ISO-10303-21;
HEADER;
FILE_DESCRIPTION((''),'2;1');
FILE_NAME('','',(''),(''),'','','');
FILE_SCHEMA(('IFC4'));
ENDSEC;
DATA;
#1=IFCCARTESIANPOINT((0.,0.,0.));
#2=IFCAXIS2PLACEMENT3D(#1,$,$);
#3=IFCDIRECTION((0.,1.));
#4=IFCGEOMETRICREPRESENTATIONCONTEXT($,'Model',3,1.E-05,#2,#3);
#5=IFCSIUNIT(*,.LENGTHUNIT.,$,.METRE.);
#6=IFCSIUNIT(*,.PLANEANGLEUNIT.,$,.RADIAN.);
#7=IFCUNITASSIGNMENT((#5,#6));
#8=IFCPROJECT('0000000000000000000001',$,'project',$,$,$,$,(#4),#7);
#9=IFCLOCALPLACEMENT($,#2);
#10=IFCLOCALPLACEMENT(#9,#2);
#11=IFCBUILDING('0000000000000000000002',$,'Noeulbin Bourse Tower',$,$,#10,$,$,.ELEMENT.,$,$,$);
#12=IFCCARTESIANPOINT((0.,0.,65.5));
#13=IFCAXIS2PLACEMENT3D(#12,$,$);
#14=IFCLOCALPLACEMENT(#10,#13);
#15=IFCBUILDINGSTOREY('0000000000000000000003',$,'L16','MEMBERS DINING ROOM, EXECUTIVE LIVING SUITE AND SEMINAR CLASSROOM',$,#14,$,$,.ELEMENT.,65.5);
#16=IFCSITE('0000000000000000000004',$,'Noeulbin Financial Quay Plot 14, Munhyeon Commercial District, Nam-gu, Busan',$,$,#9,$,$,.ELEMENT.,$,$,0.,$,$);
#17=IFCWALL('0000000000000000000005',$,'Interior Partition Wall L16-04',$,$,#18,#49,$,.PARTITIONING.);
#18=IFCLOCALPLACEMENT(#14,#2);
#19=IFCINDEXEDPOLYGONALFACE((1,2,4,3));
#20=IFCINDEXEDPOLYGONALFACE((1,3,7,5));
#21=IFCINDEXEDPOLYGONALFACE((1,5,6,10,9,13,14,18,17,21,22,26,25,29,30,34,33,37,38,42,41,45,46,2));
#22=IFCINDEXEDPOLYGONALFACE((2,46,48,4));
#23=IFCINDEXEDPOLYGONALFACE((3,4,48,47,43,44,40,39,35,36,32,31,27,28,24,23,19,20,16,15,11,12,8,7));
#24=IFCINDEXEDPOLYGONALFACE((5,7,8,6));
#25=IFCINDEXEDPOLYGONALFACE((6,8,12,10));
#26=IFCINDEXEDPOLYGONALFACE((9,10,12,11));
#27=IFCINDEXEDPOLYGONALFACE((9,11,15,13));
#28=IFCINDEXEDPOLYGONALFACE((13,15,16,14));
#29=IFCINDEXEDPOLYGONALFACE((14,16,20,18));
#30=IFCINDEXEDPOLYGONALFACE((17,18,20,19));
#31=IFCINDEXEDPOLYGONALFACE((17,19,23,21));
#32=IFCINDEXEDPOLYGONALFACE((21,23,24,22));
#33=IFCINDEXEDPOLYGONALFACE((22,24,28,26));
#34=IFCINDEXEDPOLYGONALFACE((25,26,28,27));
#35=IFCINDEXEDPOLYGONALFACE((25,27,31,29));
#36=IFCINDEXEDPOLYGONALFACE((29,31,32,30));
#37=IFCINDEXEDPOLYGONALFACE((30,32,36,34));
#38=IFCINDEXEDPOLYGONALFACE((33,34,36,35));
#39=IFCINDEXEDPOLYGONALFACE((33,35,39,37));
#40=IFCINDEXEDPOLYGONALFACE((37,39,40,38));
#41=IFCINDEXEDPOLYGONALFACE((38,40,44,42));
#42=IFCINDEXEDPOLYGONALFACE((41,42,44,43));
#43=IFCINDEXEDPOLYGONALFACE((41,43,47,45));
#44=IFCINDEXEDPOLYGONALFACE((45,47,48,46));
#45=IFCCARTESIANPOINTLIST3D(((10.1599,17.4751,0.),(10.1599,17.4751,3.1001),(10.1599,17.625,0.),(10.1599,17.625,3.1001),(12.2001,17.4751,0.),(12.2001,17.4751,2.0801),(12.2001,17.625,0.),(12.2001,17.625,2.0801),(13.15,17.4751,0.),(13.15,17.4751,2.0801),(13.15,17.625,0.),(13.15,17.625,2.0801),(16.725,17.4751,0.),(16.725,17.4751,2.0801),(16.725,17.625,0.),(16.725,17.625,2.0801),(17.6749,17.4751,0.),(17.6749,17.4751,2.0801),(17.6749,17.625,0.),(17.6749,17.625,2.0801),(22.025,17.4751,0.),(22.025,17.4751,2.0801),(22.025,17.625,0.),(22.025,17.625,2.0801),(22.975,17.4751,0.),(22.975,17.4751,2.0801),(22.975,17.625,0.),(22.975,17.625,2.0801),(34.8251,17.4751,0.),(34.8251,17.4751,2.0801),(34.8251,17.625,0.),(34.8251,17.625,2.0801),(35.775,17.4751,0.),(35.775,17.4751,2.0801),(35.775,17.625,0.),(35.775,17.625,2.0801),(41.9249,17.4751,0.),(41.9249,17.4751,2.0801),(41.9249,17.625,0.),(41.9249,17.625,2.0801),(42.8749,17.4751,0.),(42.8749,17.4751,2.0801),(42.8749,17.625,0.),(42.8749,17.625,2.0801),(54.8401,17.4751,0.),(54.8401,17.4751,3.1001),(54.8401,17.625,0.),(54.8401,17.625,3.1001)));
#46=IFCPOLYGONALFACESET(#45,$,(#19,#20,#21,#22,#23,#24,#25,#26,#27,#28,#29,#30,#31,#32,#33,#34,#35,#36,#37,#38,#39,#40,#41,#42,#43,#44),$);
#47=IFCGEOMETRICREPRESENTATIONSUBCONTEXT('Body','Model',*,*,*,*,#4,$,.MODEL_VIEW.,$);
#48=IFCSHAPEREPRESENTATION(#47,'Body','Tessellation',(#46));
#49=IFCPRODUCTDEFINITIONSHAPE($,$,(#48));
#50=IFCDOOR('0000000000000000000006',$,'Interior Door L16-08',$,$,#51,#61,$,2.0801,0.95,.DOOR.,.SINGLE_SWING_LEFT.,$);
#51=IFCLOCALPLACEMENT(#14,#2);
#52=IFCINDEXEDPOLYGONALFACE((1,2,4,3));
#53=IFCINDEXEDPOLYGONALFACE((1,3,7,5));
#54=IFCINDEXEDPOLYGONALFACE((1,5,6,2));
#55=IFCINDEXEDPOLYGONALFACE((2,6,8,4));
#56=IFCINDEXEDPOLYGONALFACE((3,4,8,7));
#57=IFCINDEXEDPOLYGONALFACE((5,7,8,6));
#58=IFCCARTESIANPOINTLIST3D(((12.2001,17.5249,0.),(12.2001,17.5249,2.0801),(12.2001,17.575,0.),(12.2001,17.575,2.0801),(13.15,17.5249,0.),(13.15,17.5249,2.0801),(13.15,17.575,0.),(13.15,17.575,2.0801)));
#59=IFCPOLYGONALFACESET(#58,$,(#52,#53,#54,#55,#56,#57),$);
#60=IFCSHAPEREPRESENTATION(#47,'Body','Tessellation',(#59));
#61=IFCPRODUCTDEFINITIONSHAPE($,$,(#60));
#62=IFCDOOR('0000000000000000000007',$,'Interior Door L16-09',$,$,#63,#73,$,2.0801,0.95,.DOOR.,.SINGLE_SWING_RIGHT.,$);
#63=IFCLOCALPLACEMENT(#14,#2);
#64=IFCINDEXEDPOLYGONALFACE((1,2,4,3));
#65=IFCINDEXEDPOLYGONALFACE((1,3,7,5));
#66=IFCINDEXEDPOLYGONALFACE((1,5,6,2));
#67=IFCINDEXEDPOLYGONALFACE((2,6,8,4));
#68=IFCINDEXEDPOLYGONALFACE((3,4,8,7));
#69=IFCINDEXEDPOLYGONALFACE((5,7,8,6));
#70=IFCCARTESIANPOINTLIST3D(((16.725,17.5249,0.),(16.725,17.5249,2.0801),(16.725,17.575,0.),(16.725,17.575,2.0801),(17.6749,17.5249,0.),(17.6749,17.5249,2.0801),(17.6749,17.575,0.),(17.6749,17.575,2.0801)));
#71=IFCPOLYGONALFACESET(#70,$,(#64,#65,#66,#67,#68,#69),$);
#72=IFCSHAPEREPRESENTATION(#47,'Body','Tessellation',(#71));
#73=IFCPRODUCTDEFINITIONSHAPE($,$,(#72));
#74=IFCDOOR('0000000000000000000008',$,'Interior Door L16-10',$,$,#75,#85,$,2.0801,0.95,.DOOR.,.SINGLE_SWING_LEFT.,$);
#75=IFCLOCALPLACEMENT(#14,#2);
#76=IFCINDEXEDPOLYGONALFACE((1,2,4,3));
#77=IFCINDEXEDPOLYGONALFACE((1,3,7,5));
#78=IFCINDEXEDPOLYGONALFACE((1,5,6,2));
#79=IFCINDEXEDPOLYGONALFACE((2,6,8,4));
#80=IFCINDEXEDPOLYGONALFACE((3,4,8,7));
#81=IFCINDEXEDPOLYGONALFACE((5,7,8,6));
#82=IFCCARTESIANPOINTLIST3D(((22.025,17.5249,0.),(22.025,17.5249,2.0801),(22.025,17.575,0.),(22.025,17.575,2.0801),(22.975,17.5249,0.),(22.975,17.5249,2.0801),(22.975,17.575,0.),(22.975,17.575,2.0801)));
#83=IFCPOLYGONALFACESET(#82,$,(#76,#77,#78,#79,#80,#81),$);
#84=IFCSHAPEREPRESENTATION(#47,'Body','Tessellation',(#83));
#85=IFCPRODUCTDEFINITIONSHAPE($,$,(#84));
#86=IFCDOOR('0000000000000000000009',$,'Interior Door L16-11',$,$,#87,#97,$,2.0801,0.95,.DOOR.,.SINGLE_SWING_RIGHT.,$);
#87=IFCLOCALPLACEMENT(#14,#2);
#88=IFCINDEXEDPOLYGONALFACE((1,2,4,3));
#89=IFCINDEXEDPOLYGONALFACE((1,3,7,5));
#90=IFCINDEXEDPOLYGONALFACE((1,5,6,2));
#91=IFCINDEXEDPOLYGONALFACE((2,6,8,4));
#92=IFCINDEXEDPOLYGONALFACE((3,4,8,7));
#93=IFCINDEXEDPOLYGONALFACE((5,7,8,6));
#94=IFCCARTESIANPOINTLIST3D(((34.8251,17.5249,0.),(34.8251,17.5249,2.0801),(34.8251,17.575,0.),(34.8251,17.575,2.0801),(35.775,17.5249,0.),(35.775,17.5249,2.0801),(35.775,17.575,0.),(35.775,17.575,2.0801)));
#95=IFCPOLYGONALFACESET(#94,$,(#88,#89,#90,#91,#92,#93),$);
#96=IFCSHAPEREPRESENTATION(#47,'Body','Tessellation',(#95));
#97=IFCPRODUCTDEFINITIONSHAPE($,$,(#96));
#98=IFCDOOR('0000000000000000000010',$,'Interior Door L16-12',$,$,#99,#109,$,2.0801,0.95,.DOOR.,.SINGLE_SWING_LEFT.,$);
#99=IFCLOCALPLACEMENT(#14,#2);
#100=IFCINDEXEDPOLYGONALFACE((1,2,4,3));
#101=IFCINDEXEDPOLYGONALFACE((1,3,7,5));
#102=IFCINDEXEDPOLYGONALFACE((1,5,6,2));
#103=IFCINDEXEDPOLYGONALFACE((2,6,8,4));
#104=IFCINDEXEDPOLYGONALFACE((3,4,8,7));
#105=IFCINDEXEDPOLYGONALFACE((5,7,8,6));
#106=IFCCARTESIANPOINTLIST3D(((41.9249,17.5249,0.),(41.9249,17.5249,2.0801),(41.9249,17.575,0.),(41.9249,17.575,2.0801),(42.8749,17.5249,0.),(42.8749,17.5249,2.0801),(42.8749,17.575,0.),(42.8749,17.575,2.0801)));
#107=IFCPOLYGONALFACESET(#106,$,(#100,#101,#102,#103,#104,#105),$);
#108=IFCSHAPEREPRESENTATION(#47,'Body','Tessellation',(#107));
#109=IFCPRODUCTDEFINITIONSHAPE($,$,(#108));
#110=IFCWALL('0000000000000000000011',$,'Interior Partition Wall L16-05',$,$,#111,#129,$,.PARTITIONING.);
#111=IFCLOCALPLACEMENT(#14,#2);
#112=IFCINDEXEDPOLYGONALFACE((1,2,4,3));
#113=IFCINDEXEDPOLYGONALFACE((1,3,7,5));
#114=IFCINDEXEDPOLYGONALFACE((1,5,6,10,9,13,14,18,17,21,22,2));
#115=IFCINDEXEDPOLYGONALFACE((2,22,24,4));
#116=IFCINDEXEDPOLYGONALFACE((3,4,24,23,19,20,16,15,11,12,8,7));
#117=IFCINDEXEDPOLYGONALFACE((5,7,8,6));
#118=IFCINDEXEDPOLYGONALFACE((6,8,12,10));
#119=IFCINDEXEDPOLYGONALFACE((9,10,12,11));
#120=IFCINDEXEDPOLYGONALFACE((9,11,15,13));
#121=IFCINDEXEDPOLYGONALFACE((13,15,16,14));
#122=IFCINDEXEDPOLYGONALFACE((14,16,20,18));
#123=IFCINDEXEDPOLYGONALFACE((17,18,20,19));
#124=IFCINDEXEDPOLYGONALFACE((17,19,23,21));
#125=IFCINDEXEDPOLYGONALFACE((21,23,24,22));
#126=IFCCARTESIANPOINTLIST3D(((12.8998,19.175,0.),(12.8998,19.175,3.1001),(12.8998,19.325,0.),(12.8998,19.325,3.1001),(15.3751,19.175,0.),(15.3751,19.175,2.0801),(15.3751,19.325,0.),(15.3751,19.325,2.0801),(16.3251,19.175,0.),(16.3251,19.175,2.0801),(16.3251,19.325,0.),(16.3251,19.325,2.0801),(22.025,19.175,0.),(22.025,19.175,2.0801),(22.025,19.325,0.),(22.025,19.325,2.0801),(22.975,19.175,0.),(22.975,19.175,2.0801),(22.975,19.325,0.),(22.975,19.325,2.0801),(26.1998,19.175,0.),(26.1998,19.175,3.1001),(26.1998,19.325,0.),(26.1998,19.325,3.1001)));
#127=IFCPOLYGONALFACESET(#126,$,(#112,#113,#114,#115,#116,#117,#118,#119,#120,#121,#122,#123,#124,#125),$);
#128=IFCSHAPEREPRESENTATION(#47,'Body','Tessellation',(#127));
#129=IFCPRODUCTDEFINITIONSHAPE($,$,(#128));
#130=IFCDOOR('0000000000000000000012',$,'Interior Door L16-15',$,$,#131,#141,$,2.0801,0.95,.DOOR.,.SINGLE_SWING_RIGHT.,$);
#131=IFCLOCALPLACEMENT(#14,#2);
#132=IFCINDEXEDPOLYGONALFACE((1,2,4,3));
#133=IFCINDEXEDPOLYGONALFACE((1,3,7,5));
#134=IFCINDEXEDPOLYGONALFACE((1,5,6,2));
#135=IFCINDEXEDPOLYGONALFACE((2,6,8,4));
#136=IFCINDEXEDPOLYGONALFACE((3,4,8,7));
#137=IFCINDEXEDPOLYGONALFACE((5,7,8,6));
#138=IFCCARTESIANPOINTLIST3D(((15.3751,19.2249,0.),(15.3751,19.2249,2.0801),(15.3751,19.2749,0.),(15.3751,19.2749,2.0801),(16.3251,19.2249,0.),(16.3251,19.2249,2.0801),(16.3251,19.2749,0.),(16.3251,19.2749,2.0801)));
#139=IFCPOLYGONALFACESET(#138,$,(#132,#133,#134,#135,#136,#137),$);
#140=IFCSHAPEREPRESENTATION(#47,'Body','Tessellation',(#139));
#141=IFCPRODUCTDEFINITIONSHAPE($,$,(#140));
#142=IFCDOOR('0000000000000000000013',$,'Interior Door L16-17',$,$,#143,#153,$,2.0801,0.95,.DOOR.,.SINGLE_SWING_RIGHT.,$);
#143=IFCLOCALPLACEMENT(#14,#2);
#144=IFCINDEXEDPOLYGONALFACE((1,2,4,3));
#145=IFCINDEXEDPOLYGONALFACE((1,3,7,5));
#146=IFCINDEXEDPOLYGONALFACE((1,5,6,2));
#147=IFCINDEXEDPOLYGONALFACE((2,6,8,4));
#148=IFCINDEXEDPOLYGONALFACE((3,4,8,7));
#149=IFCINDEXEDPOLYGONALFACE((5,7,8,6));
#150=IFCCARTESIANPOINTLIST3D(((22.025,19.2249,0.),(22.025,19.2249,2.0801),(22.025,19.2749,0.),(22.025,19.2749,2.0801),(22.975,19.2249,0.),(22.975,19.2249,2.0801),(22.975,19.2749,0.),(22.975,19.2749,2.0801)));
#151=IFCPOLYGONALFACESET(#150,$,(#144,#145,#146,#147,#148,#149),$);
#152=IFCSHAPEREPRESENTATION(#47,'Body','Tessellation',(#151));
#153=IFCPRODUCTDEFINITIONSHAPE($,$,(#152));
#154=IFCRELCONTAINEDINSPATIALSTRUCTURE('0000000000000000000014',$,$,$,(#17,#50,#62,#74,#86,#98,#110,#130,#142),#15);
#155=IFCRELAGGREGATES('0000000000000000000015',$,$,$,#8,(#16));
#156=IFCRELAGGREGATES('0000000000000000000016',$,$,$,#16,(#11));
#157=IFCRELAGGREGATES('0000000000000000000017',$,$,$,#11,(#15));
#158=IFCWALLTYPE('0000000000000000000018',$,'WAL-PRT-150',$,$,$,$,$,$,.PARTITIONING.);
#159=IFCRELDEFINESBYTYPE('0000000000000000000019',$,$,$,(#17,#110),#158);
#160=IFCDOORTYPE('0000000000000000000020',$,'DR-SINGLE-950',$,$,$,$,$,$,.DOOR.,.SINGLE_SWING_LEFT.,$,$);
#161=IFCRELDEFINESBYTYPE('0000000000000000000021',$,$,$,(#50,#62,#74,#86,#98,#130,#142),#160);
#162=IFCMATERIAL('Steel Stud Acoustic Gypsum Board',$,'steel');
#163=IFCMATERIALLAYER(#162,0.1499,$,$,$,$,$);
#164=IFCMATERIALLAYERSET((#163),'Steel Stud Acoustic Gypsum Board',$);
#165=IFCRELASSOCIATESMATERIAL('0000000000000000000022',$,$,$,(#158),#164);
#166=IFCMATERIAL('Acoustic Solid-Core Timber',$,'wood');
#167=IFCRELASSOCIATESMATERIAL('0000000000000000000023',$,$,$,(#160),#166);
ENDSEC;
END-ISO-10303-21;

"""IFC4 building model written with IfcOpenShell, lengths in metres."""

from ifc_helpers import new_model, si_unit, direction, frame, frame_2d, origin, place, context, subcontext, project, spatial, rectangle, extrude, material, layer, layer_set, type_object, element, fill, save


model = new_model("IFC4")

# Units and contexts
model_context = context("Model", 3, precision=1e-05, world=origin(), true_north=direction((0.0, 1.0)))
body_context = subcontext(model_context, "Body", "Model", "MODEL_VIEW")
ifc_project = project(units=[si_unit("LENGTHUNIT", "METRE"), si_unit("PLANEANGLEUNIT", "RADIAN")], contexts=[model_context])

# Site, building, storey
site_placement = place(None, origin())
site = spatial("IfcSite", under=ifc_project, at=site_placement, Name="Noeulbin Financial Quay Plot 14, Munhyeon Commercial District, Nam-gu, Busan", CompositionType="ELEMENT", RefElevation=0.0)
building_placement = place(site_placement, origin())
building = spatial("IfcBuilding", under=site, at=building_placement, Name="Noeulbin Bourse Tower", CompositionType="ELEMENT")
storey_placement = place(building_placement, frame((0.0, 0.0, 65.5)))
storey = spatial("IfcBuildingStorey", under=building, at=storey_placement, Name="L16", Description="MEMBERS DINING ROOM, EXECUTIVE LIVING SUITE AND SEMINAR CLASSROOM", CompositionType="ELEMENT", Elevation=65.5)

# Walls, openings, doors
ifc_material_1 = material(Name="Steel Stud Acoustic Gypsum Board", Category="steel")
ifc_layer_1 = layer(ifc_material_1, 0.1499)
ifc_layer_set_1 = layer_set([ifc_layer_1], Name="Steel Stud Acoustic Gypsum Board")
wall_type_1 = type_object("IfcWallType", Name="WAL-PRT-150", PredefinedType="PARTITIONING", material=ifc_layer_set_1)
wall_1_placement = place(storey_placement, frame((10.1599, 17.55, 0.0), z_axis=(0.0, 0.0, 1.0), x_axis=(1.0, 0.0, 0.0)))
wall_1 = element("IfcWall", 1, at=wall_1_placement, inside=storey, type_object=wall_type_1, Name="Interior Partition Wall L16-04", PredefinedType="PARTITIONING", context=body_context, shape_type="SweptSolid", body=[
    extrude(rectangle(XDim=44.6802, YDim=0.1499, at=frame_2d((22.3401, 0.0))), origin(), (0.0, 0.0, 1.0), 3.1001),
])
opening_1_placement = place(wall_1_placement, frame((2.04, 0.0, 0.0)))
opening_1 = element("IfcOpeningElement", 2, at=opening_1_placement, cuts=wall_1, PredefinedType="OPENING", context=body_context, shape_type="SweptSolid", body=[
    extrude(rectangle(XDim=0.95, YDim=2.0801, at=frame_2d((0.4751, 1.04))), frame((0.0, 0.085, 0.0), z_axis=(0.0, -1.0, 0.0), x_axis=(1.0, 0.0, 0.0)), (0.0, 0.0, 1.0), 0.1699),
])
opening_2_placement = place(wall_1_placement, frame((6.5649, 0.0, 0.0)))
opening_2 = element("IfcOpeningElement", 3, at=opening_2_placement, cuts=wall_1, PredefinedType="OPENING", context=body_context, shape_type="SweptSolid", body=[
    extrude(rectangle(XDim=0.95, YDim=2.0801, at=frame_2d((0.4751, 1.04))), frame((0.0, 0.085, 0.0), z_axis=(0.0, -1.0, 0.0), x_axis=(1.0, 0.0, 0.0)), (0.0, 0.0, 1.0), 0.1699),
])
opening_3_placement = place(wall_1_placement, frame((11.865, 0.0, 0.0)))
opening_3 = element("IfcOpeningElement", 4, at=opening_3_placement, cuts=wall_1, PredefinedType="OPENING", context=body_context, shape_type="SweptSolid", body=[
    extrude(rectangle(XDim=0.95, YDim=2.0801, at=frame_2d((0.4751, 1.04))), frame((0.0, 0.085, 0.0), z_axis=(0.0, -1.0, 0.0), x_axis=(1.0, 0.0, 0.0)), (0.0, 0.0, 1.0), 0.1699),
])
opening_4_placement = place(wall_1_placement, frame((24.665, 0.0, 0.0)))
opening_4 = element("IfcOpeningElement", 5, at=opening_4_placement, cuts=wall_1, PredefinedType="OPENING", context=body_context, shape_type="SweptSolid", body=[
    extrude(rectangle(XDim=0.95, YDim=2.0801, at=frame_2d((0.4751, 1.04))), frame((0.0, 0.085, 0.0), z_axis=(0.0, -1.0, 0.0), x_axis=(1.0, 0.0, 0.0)), (0.0, 0.0, 1.0), 0.1699),
])
opening_5_placement = place(wall_1_placement, frame((31.7649, 0.0, 0.0)))
opening_5 = element("IfcOpeningElement", 6, at=opening_5_placement, cuts=wall_1, PredefinedType="OPENING", context=body_context, shape_type="SweptSolid", body=[
    extrude(rectangle(XDim=0.95, YDim=2.0801, at=frame_2d((0.4751, 1.04))), frame((0.0, 0.085, 0.0), z_axis=(0.0, -1.0, 0.0), x_axis=(1.0, 0.0, 0.0)), (0.0, 0.0, 1.0), 0.1699),
])
ifc_material_2 = material(Name="Acoustic Solid-Core Timber", Category="wood")
door_type = type_object("IfcDoorType", Name="DR-SINGLE-950", OperationType="SINGLE_SWING_LEFT", PredefinedType="DOOR", material=ifc_material_2)
door_1_placement = place(opening_1_placement, origin())
door_1 = element("IfcDoor", 7, at=door_1_placement, inside=storey, type_object=door_type, Name="Interior Door L16-08", OperationType="SINGLE_SWING_LEFT", OverallHeight=2.0801, OverallWidth=0.95, PredefinedType="DOOR", context=body_context, shape_type="SweptSolid", body=[
    extrude(rectangle(XDim=0.95, YDim=2.0801, at=frame_2d((0.4751, 1.04))), frame((0.0, 0.0249, 0.0), z_axis=(0.0, -1.0, 0.0), x_axis=(1.0, 0.0, 0.0)), (0.0, 0.0, 1.0), 0.05),
])
fill(opening_1, door_1)
door_2_placement = place(opening_2_placement, origin())
door_2 = element("IfcDoor", 8, at=door_2_placement, inside=storey, type_object=door_type, Name="Interior Door L16-09", OperationType="SINGLE_SWING_RIGHT", OverallHeight=2.0801, OverallWidth=0.95, PredefinedType="DOOR", context=body_context, shape_type="SweptSolid", body=[
    extrude(rectangle(XDim=0.95, YDim=2.0801, at=frame_2d((0.4751, 1.04))), frame((0.0, 0.0249, 0.0), z_axis=(0.0, -1.0, 0.0), x_axis=(1.0, 0.0, 0.0)), (0.0, 0.0, 1.0), 0.05),
])
fill(opening_2, door_2)
door_3_placement = place(opening_3_placement, origin())
door_3 = element("IfcDoor", 9, at=door_3_placement, inside=storey, type_object=door_type, Name="Interior Door L16-10", OperationType="SINGLE_SWING_LEFT", OverallHeight=2.0801, OverallWidth=0.95, PredefinedType="DOOR", context=body_context, shape_type="SweptSolid", body=[
    extrude(rectangle(XDim=0.95, YDim=2.0801, at=frame_2d((0.4751, 1.04))), frame((0.0, 0.0249, 0.0), z_axis=(0.0, -1.0, 0.0), x_axis=(1.0, 0.0, 0.0)), (0.0, 0.0, 1.0), 0.05),
])
fill(opening_3, door_3)
door_4_placement = place(opening_4_placement, origin())
door_4 = element("IfcDoor", 10, at=door_4_placement, inside=storey, type_object=door_type, Name="Interior Door L16-11", OperationType="SINGLE_SWING_RIGHT", OverallHeight=2.0801, OverallWidth=0.95, PredefinedType="DOOR", context=body_context, shape_type="SweptSolid", body=[
    extrude(rectangle(XDim=0.95, YDim=2.0801, at=frame_2d((0.4751, 1.04))), frame((0.0, 0.0249, 0.0), z_axis=(0.0, -1.0, 0.0), x_axis=(1.0, 0.0, 0.0)), (0.0, 0.0, 1.0), 0.05),
])
fill(opening_4, door_4)
door_5_placement = place(opening_5_placement, origin())
door_5 = element("IfcDoor", 11, at=door_5_placement, inside=storey, type_object=door_type, Name="Interior Door L16-12", OperationType="SINGLE_SWING_LEFT", OverallHeight=2.0801, OverallWidth=0.95, PredefinedType="DOOR", context=body_context, shape_type="SweptSolid", body=[
    extrude(rectangle(XDim=0.95, YDim=2.0801, at=frame_2d((0.4751, 1.04))), frame((0.0, 0.0249, 0.0), z_axis=(0.0, -1.0, 0.0), x_axis=(1.0, 0.0, 0.0)), (0.0, 0.0, 1.0), 0.05),
])
fill(opening_5, door_5)
wall_2_placement = place(storey_placement, frame((12.8999, 19.25, 0.0), z_axis=(0.0, 0.0, 1.0), x_axis=(1.0, 0.0, 0.0)))
wall_2 = element("IfcWall", 12, at=wall_2_placement, inside=storey, type_object=wall_type_1, Name="Interior Partition Wall L16-05", PredefinedType="PARTITIONING", context=body_context, shape_type="SweptSolid", body=[
    extrude(rectangle(XDim=13.3, YDim=0.1499, at=frame_2d((6.6499, 0.0))), origin(), (0.0, 0.0, 1.0), 3.1001),
])
opening_6_placement = place(wall_2_placement, frame((2.4751, 0.0, 0.0)))
opening_6 = element("IfcOpeningElement", 13, at=opening_6_placement, cuts=wall_2, PredefinedType="OPENING", context=body_context, shape_type="SweptSolid", body=[
    extrude(rectangle(XDim=0.95, YDim=2.0801, at=frame_2d((0.4751, 1.04))), frame((0.0, 0.085, 0.0), z_axis=(0.0, -1.0, 0.0), x_axis=(1.0, 0.0, 0.0)), (0.0, 0.0, 1.0), 0.1699),
])
opening_7_placement = place(wall_2_placement, frame((9.125, 0.0, 0.0)))
opening_7 = element("IfcOpeningElement", 14, at=opening_7_placement, cuts=wall_2, PredefinedType="OPENING", context=body_context, shape_type="SweptSolid", body=[
    extrude(rectangle(XDim=0.95, YDim=2.0801, at=frame_2d((0.4751, 1.04))), frame((0.0, 0.085, 0.0), z_axis=(0.0, -1.0, 0.0), x_axis=(1.0, 0.0, 0.0)), (0.0, 0.0, 1.0), 0.1699),
])
door_6_placement = place(opening_6_placement, origin())
door_6 = element("IfcDoor", 15, at=door_6_placement, inside=storey, type_object=door_type, Name="Interior Door L16-15", OperationType="SINGLE_SWING_RIGHT", OverallHeight=2.0801, OverallWidth=0.95, PredefinedType="DOOR", context=body_context, shape_type="SweptSolid", body=[
    extrude(rectangle(XDim=0.95, YDim=2.0801, at=frame_2d((0.4751, 1.04))), frame((0.0, 0.0249, 0.0), z_axis=(0.0, -1.0, 0.0), x_axis=(1.0, 0.0, 0.0)), (0.0, 0.0, 1.0), 0.05),
])
fill(opening_6, door_6)
door_7_placement = place(opening_7_placement, origin())
door_7 = element("IfcDoor", 16, at=door_7_placement, inside=storey, type_object=door_type, Name="Interior Door L16-17", OperationType="SINGLE_SWING_RIGHT", OverallHeight=2.0801, OverallWidth=0.95, PredefinedType="DOOR", context=body_context, shape_type="SweptSolid", body=[
    extrude(rectangle(XDim=0.95, YDim=2.0801, at=frame_2d((0.4751, 1.04))), frame((0.0, 0.0249, 0.0), z_axis=(0.0, -1.0, 0.0), x_axis=(1.0, 0.0, 0.0)), (0.0, 0.0, 1.0), 0.05),
])
fill(opening_7, door_7)

save(model, "model.ifc")
